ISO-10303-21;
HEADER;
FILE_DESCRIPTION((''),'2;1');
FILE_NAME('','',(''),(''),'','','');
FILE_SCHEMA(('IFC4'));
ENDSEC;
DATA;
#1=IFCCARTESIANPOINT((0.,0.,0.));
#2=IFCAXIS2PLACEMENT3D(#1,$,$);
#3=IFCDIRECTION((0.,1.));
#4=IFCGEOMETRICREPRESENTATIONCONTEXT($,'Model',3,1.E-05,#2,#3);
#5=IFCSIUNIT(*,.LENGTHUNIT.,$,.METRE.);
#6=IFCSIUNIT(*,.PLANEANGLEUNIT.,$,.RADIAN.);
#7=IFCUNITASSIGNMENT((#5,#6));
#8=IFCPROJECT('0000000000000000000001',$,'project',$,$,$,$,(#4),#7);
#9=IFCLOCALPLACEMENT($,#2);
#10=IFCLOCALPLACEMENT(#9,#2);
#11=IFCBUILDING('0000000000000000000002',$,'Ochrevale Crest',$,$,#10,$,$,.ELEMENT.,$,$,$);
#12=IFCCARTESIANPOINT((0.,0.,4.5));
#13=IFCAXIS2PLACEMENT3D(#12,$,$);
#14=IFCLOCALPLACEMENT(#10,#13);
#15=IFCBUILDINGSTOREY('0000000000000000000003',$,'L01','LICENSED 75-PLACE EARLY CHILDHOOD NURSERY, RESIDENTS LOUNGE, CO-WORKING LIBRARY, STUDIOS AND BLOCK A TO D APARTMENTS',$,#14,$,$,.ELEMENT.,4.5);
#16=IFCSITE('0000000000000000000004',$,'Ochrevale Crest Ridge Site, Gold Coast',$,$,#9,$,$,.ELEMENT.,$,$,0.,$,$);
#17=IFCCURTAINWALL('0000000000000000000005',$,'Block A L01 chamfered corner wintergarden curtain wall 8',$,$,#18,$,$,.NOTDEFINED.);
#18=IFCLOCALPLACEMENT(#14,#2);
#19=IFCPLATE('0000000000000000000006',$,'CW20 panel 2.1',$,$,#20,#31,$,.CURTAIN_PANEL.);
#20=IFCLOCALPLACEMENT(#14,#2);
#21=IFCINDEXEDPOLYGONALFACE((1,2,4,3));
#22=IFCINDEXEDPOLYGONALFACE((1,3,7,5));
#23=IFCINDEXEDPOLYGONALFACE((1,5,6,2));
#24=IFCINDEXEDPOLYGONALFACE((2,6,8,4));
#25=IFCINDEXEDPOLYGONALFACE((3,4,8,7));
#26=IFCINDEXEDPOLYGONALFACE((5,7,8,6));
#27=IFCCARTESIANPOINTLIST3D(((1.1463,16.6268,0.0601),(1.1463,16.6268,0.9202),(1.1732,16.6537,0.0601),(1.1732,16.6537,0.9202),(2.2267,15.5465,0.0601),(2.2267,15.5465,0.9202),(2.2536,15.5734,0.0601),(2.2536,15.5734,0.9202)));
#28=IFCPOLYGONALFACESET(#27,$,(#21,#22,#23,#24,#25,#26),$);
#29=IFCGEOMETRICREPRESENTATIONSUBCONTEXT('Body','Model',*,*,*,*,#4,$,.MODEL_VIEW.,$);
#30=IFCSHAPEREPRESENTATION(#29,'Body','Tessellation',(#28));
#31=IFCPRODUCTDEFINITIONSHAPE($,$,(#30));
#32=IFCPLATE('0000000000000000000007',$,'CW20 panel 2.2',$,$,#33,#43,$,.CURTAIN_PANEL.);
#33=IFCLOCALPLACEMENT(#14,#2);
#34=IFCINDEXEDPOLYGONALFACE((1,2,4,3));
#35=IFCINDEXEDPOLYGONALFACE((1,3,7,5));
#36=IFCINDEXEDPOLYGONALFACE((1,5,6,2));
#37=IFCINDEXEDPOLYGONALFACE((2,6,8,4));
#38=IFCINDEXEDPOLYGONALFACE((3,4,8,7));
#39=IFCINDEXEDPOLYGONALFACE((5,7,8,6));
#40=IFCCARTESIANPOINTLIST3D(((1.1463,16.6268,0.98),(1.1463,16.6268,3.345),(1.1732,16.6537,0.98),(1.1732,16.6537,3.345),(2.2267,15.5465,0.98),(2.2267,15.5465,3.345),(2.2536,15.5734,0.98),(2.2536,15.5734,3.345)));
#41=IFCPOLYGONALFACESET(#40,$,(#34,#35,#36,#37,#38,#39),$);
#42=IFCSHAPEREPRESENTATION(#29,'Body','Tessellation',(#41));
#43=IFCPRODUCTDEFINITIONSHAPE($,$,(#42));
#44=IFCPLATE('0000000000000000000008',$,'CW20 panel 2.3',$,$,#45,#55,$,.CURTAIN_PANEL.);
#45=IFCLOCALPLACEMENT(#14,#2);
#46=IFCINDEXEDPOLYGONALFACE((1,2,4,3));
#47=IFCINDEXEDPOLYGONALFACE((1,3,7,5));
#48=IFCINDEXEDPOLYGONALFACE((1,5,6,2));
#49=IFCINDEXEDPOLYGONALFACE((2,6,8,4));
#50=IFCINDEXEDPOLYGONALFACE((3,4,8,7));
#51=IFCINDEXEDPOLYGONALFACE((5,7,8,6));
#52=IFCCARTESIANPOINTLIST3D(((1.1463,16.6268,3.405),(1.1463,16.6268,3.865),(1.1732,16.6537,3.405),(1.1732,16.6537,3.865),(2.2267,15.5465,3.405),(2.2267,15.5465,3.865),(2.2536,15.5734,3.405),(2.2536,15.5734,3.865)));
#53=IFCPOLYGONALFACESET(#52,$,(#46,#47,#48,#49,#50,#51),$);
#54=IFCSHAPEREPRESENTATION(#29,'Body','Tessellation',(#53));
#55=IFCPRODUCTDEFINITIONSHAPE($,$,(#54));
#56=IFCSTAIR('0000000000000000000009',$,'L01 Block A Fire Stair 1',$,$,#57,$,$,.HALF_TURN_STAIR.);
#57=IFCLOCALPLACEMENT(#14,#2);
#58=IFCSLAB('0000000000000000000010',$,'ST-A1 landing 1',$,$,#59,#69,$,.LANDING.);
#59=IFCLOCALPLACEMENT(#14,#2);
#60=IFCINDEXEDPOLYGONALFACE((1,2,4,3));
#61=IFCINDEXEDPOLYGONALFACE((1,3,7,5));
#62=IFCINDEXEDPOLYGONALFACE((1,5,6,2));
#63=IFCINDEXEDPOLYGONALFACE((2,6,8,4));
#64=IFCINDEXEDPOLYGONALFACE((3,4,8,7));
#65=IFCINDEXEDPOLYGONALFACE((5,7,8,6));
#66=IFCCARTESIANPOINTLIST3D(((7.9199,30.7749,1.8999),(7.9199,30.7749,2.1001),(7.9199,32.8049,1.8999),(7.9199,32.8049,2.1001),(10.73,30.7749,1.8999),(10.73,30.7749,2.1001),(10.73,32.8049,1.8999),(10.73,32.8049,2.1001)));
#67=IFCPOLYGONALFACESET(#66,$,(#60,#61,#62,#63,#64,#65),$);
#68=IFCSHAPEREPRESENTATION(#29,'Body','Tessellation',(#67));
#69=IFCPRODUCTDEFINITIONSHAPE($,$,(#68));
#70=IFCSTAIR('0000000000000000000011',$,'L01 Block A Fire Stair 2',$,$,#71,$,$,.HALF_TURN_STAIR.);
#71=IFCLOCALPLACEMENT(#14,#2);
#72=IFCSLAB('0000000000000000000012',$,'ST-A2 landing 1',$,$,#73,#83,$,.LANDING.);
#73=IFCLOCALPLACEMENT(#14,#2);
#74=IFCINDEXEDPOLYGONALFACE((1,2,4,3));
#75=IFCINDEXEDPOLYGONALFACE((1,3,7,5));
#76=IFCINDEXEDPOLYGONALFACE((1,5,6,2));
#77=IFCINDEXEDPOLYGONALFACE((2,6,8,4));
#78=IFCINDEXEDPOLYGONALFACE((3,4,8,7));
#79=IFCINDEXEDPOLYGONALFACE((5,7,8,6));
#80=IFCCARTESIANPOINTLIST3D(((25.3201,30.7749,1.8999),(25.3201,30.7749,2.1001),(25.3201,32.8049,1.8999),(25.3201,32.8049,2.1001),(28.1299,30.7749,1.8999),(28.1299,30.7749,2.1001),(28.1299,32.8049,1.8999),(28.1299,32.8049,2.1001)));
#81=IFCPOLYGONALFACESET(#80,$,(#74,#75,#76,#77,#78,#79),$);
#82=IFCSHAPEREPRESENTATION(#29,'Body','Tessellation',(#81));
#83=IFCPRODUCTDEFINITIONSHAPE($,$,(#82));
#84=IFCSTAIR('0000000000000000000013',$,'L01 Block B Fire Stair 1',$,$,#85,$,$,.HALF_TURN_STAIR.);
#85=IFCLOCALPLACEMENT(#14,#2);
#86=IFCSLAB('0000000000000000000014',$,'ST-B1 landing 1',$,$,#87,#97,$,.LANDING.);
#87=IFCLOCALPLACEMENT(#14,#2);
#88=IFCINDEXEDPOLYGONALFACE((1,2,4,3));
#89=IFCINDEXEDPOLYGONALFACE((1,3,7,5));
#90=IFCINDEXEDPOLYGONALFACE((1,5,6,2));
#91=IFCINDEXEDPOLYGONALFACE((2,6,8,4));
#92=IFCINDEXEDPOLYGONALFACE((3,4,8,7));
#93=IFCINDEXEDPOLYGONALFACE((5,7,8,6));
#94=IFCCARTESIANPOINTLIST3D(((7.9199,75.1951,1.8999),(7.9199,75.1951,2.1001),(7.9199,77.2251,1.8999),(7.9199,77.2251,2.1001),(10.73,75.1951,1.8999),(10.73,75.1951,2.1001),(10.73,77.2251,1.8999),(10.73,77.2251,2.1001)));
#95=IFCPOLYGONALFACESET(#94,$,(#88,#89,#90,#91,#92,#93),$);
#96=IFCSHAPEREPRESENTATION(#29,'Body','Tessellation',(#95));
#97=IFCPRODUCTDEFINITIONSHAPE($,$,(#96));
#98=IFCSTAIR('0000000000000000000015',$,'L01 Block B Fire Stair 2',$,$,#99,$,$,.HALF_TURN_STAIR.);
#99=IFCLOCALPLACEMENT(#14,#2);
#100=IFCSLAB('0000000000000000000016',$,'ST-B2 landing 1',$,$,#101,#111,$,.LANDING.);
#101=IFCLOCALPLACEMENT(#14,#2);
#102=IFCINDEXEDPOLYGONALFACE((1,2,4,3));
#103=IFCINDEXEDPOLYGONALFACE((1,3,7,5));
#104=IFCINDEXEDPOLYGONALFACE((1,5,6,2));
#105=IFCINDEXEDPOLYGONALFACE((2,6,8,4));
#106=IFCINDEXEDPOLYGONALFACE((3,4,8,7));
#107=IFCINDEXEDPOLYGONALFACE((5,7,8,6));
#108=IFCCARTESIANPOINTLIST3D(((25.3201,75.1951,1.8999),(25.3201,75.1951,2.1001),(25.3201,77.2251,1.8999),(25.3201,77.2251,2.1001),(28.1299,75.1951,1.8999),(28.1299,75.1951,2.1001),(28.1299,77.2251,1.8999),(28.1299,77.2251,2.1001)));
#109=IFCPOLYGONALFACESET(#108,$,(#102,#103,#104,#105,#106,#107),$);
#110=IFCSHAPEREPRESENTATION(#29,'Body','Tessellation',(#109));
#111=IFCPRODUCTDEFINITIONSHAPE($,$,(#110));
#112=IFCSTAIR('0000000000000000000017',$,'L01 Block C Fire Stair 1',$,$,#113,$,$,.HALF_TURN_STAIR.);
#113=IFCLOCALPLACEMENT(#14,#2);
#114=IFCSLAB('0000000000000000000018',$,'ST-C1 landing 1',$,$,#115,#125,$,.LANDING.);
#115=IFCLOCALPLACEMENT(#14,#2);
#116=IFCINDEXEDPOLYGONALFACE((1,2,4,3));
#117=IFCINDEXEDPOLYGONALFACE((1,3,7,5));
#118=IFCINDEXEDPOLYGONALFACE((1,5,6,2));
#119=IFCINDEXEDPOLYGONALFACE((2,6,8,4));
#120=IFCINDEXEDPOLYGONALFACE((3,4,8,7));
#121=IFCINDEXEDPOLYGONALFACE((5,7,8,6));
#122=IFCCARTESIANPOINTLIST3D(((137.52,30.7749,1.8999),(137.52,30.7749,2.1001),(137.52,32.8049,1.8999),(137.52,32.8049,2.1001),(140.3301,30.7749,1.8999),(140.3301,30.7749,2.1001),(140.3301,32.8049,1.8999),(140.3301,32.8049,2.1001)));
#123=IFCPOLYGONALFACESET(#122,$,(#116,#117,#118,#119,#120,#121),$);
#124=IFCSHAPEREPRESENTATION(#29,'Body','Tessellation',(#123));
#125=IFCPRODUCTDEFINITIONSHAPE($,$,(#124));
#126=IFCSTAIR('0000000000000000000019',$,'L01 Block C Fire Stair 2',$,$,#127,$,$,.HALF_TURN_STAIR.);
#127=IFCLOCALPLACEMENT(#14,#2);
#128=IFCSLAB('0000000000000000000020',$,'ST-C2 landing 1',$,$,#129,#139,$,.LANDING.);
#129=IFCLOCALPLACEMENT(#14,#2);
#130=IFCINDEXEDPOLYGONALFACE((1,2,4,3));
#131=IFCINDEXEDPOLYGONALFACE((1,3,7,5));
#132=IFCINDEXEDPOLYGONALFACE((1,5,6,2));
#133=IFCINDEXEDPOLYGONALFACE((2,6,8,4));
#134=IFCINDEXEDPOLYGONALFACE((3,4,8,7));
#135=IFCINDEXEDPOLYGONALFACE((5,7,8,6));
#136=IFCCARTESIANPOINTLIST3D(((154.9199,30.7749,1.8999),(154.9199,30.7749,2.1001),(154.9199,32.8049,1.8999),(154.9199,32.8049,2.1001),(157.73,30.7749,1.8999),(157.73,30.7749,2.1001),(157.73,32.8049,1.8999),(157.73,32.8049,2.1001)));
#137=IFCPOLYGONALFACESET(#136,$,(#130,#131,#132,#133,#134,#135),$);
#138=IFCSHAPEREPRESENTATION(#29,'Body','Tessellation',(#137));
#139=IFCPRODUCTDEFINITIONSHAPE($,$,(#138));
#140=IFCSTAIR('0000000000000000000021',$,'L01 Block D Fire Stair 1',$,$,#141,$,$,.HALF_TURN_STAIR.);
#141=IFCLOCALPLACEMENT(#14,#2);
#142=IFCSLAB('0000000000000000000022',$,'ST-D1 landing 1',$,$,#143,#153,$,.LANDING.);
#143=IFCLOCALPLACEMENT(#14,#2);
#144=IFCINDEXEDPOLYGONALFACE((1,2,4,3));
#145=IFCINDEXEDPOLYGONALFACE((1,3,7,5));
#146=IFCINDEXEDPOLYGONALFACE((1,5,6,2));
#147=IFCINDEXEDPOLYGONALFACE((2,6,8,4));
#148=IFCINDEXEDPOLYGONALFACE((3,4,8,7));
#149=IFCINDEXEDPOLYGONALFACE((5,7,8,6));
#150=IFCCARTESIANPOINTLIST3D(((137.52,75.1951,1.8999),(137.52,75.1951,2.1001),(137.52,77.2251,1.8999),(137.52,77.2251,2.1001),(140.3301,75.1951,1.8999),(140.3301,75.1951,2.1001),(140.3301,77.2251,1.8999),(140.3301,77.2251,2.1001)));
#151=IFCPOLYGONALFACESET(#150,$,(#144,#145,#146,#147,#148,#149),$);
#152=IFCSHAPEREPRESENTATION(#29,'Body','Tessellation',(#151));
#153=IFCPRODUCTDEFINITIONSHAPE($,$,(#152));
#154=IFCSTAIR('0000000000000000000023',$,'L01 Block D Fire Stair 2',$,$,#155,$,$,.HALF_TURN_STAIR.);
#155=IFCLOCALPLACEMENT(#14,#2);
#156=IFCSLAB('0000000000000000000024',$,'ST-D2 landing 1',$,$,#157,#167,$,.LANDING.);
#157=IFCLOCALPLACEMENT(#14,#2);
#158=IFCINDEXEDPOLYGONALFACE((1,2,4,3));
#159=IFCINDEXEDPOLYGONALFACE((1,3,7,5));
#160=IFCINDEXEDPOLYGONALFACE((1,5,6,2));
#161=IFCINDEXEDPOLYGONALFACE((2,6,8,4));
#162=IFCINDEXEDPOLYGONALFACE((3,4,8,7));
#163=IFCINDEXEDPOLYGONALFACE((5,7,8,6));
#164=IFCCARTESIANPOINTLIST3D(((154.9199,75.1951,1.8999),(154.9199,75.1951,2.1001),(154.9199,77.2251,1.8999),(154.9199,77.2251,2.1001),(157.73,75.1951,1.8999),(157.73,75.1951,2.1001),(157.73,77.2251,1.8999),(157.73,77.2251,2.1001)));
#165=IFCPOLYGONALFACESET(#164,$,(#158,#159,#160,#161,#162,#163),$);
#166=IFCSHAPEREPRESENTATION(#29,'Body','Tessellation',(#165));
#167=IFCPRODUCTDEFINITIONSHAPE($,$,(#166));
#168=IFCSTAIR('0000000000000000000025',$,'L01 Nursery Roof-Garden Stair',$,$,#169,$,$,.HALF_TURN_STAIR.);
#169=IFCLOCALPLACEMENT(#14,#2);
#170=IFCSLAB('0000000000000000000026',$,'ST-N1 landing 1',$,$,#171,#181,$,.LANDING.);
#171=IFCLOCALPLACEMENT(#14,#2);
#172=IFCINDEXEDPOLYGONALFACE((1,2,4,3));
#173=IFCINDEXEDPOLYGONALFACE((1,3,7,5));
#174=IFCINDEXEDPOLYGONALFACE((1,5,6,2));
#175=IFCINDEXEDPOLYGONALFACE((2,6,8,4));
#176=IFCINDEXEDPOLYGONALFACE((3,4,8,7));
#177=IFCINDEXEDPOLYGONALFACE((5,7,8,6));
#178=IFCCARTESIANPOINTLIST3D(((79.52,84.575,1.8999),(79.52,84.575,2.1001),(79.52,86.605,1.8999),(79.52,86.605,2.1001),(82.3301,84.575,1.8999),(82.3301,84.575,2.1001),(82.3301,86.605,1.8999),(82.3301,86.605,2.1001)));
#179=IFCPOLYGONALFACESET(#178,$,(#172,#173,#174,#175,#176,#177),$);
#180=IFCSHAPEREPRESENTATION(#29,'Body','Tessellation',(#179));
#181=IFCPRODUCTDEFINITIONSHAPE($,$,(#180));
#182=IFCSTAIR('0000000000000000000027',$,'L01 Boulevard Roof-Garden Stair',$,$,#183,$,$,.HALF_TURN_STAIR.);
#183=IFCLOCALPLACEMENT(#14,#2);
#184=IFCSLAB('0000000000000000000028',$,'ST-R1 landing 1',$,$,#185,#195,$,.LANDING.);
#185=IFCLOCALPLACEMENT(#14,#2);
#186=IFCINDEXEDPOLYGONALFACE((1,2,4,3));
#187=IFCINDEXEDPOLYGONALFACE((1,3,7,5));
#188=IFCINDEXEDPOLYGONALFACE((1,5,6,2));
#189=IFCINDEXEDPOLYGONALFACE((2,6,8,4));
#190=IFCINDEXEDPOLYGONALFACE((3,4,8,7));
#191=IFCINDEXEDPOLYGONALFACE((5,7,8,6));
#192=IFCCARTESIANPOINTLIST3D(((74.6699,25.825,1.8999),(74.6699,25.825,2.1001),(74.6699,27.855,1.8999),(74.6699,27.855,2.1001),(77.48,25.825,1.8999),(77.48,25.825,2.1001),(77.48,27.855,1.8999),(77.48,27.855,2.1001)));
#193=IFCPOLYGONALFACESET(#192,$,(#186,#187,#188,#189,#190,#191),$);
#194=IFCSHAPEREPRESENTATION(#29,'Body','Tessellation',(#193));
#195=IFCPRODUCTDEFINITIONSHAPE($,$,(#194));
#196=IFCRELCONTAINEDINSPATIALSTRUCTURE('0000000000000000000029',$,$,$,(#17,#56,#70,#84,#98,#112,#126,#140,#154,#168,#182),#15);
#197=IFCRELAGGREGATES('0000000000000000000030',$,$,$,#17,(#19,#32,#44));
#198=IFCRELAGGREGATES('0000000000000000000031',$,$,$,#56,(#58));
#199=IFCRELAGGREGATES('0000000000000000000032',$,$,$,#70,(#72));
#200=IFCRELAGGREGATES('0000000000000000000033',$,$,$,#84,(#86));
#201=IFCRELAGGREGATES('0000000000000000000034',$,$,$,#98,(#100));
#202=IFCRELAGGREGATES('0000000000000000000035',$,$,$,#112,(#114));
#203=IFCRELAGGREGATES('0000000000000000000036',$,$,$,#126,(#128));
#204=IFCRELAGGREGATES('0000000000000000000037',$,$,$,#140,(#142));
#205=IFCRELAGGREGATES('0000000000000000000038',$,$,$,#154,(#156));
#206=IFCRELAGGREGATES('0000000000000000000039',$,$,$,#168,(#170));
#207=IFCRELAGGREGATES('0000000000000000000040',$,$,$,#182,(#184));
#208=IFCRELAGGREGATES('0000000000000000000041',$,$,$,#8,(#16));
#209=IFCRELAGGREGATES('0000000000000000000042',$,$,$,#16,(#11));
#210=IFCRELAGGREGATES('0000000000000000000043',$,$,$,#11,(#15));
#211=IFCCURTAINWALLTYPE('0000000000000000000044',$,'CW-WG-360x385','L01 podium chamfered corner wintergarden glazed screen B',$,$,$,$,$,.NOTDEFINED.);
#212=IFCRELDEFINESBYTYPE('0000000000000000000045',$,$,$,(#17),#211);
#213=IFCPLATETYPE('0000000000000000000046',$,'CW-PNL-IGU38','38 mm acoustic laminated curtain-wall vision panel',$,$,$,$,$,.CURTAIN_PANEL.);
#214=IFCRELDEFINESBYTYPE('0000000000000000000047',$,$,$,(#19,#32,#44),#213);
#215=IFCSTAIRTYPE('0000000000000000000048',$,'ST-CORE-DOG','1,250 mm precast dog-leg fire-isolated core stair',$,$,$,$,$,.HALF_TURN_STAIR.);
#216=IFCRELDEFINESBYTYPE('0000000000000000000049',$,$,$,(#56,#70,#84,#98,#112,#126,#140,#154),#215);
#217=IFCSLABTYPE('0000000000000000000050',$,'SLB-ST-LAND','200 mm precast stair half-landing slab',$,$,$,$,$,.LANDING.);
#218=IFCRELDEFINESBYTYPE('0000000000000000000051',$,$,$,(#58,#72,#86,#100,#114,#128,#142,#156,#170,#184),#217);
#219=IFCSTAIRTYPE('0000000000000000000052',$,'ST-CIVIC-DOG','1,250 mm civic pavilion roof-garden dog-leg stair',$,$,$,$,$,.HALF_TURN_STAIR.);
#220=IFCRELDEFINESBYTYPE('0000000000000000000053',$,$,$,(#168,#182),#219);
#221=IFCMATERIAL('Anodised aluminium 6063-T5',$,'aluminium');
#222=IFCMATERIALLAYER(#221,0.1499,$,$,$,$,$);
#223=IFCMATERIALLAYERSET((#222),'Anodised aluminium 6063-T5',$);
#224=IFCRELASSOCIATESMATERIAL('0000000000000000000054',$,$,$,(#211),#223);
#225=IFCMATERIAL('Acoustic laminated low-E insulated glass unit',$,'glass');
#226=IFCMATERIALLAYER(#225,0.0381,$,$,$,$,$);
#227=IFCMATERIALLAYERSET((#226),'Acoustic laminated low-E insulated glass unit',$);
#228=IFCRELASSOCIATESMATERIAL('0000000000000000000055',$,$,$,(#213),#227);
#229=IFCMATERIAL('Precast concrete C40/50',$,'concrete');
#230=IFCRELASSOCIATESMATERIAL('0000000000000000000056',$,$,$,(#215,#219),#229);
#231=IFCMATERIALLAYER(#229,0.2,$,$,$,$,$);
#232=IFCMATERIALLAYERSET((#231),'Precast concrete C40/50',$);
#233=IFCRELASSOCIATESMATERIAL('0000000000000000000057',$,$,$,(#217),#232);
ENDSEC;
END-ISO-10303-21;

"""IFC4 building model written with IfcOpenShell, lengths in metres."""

from ifc_helpers import new_model, si_unit, direction, frame, origin, origin_2d, place, context, subcontext, project, spatial, polyline, rectangle, outline, extrude, material, layer, layer_set, type_object, element, aggregate, save


model = new_model("IFC4")

# Units and contexts
model_context = context("Model", 3, precision=1e-05, world=origin(), true_north=direction((0.0, 1.0)))
body_context = subcontext(model_context, "Body", "Model", "MODEL_VIEW")
ifc_project = project(units=[si_unit("LENGTHUNIT", "METRE"), si_unit("PLANEANGLEUNIT", "RADIAN")], contexts=[model_context])

# Site, building, storey
site_placement = place(None, origin())
site = spatial("IfcSite", under=ifc_project, at=site_placement, Name="Ochrevale Crest Ridge Site, Gold Coast", CompositionType="ELEMENT", RefElevation=0.0)
building_placement = place(site_placement, origin())
building = spatial("IfcBuilding", under=site, at=building_placement, Name="Ochrevale Crest", CompositionType="ELEMENT")
storey_placement = place(building_placement, frame((0.0, 0.0, 4.5)))
storey = spatial("IfcBuildingStorey", under=building, at=storey_placement, Name="L01", Description="LICENSED 75-PLACE EARLY CHILDHOOD NURSERY, RESIDENTS LOUNGE, CO-WORKING LIBRARY, STUDIOS AND BLOCK A TO D APARTMENTS", CompositionType="ELEMENT", Elevation=4.5)

# Curtain wall, plates
ifc_material_1 = material(Name="Anodised aluminium 6063-T5", Category="aluminium")
ifc_layer_1 = layer(ifc_material_1, 0.1499)
ifc_layer_set_1 = layer_set([ifc_layer_1], Name="Anodised aluminium 6063-T5")
curtain_wall_type = type_object("IfcCurtainWallType", Name="CW-WG-360x385", Description="L01 podium chamfered corner wintergarden glazed screen B", PredefinedType="NOTDEFINED", material=ifc_layer_set_1)
curtain_wall_placement = place(storey_placement, origin())
curtain_wall = element("IfcCurtainWall", 1, at=curtain_wall_placement, inside=storey, type_object=curtain_wall_type, Name="Block A L01 chamfered corner wintergarden curtain wall 8", PredefinedType="NOTDEFINED")
ifc_material_2 = material(Name="Acoustic laminated low-E insulated glass unit", Category="glass")
ifc_layer_2 = layer(ifc_material_2, 0.0381)
ifc_layer_set_2 = layer_set([ifc_layer_2], Name="Acoustic laminated low-E insulated glass unit")
plate_type = type_object("IfcPlateType", Name="CW-PNL-IGU38", Description="38 mm acoustic laminated curtain-wall vision panel", PredefinedType="CURTAIN_PANEL", material=ifc_layer_set_2)
plate_1_placement = place(storey_placement, frame((1.7, 16.1001, 0.0601), z_axis=(0.0, 0.0, 1.0), x_axis=(0.707107, -0.707107, 0.0)))
plate_1 = element("IfcPlate", 2, at=plate_1_placement, type_object=plate_type, Name="CW20 panel 2.1", PredefinedType="CURTAIN_PANEL", context=body_context, shape_type="SweptSolid", body=[
    extrude(rectangle(XDim=1.5278, YDim=0.0381, at=origin_2d()), origin(), (0.0, 0.0, 1.0), 0.8601),
])
plate_2_placement = place(storey_placement, frame((1.7, 16.1001, 0.98), z_axis=(0.0, 0.0, 1.0), x_axis=(0.707107, -0.707107, 0.0)))
plate_2 = element("IfcPlate", 3, at=plate_2_placement, type_object=plate_type, Name="CW20 panel 2.2", PredefinedType="CURTAIN_PANEL", context=body_context, shape_type="SweptSolid", body=[
    extrude(rectangle(XDim=1.5278, YDim=0.0381, at=origin_2d()), origin(), (0.0, 0.0, 1.0), 2.365),
])
plate_3_placement = place(storey_placement, frame((1.7, 16.1001, 3.405), z_axis=(0.0, 0.0, 1.0), x_axis=(0.707107, -0.707107, 0.0)))
plate_3 = element("IfcPlate", 4, at=plate_3_placement, type_object=plate_type, Name="CW20 panel 2.3", PredefinedType="CURTAIN_PANEL", context=body_context, shape_type="SweptSolid", body=[
    extrude(rectangle(XDim=1.5278, YDim=0.0381, at=origin_2d()), origin(), (0.0, 0.0, 1.0), 0.46),
])
aggregate(curtain_wall, [plate_1, plate_2, plate_3])

# Stairs, slabs
ifc_material_3 = material(Name="Precast concrete C40/50", Category="concrete")
stair_type_1 = type_object("IfcStairType", Name="ST-CORE-DOG", Description="1,250 mm precast dog-leg fire-isolated core stair", PredefinedType="HALF_TURN_STAIR", material=ifc_material_3)
stair_1_placement = place(storey_placement, origin())
stair_1 = element("IfcStair", 5, at=stair_1_placement, inside=storey, type_object=stair_type_1, Name="L01 Block A Fire Stair 1", PredefinedType="HALF_TURN_STAIR")
ifc_layer_3 = layer(ifc_material_3, 0.2)
ifc_layer_set_3 = layer_set([ifc_layer_3], Name="Precast concrete C40/50")
slab_type = type_object("IfcSlabType", Name="SLB-ST-LAND", Description="200 mm precast stair half-landing slab", PredefinedType="LANDING", material=ifc_layer_set_3)
slab_1_placement = place(storey_placement, frame((0.0, 0.0, 1.8999)))
slab_1 = element("IfcSlab", 6, at=slab_1_placement, type_object=slab_type, Name="ST-A1 landing 1", PredefinedType="LANDING", context=body_context, shape_type="SweptSolid", body=[
    extrude(outline(polyline([(10.73, 30.7749), (10.73, 32.8049), (7.9199, 32.8049), (7.9199, 30.7749), (10.73, 30.7749)])), origin(), (0.0, 0.0, 1.0), 0.2002),
])
aggregate(stair_1, [slab_1])
stair_2_placement = place(storey_placement, origin())
stair_2 = element("IfcStair", 7, at=stair_2_placement, inside=storey, type_object=stair_type_1, Name="L01 Block A Fire Stair 2", PredefinedType="HALF_TURN_STAIR")
slab_2_placement = place(storey_placement, frame((0.0, 0.0, 1.8999)))
slab_2 = element("IfcSlab", 8, at=slab_2_placement, type_object=slab_type, Name="ST-A2 landing 1", PredefinedType="LANDING", context=body_context, shape_type="SweptSolid", body=[
    extrude(outline(polyline([(28.1299, 30.7749), (28.1299, 32.8049), (25.3201, 32.8049), (25.3201, 30.7749), (28.1299, 30.7749)])), origin(), (0.0, 0.0, 1.0), 0.2002),
])
aggregate(stair_2, [slab_2])
stair_3_placement = place(storey_placement, origin())
stair_3 = element("IfcStair", 9, at=stair_3_placement, inside=storey, type_object=stair_type_1, Name="L01 Block B Fire Stair 1", PredefinedType="HALF_TURN_STAIR")
slab_3_placement = place(storey_placement, frame((0.0, 0.0, 1.8999)))
slab_3 = element("IfcSlab", 10, at=slab_3_placement, type_object=slab_type, Name="ST-B1 landing 1", PredefinedType="LANDING", context=body_context, shape_type="SweptSolid", body=[
    extrude(outline(polyline([(7.9199, 77.2251), (7.9199, 75.1951), (10.73, 75.1951), (10.73, 77.2251), (7.9199, 77.2251)])), origin(), (0.0, 0.0, 1.0), 0.2002),
])
aggregate(stair_3, [slab_3])
stair_4_placement = place(storey_placement, origin())
stair_4 = element("IfcStair", 11, at=stair_4_placement, inside=storey, type_object=stair_type_1, Name="L01 Block B Fire Stair 2", PredefinedType="HALF_TURN_STAIR")
slab_4_placement = place(storey_placement, frame((0.0, 0.0, 1.8999)))
slab_4 = element("IfcSlab", 12, at=slab_4_placement, type_object=slab_type, Name="ST-B2 landing 1", PredefinedType="LANDING", context=body_context, shape_type="SweptSolid", body=[
    extrude(outline(polyline([(25.3201, 77.2251), (25.3201, 75.1951), (28.1299, 75.1951), (28.1299, 77.2251), (25.3201, 77.2251)])), origin(), (0.0, 0.0, 1.0), 0.2002),
])
aggregate(stair_4, [slab_4])
stair_5_placement = place(storey_placement, origin())
stair_5 = element("IfcStair", 13, at=stair_5_placement, inside=storey, type_object=stair_type_1, Name="L01 Block C Fire Stair 1", PredefinedType="HALF_TURN_STAIR")
slab_5_placement = place(storey_placement, frame((0.0, 0.0, 1.8999)))
slab_5 = element("IfcSlab", 14, at=slab_5_placement, type_object=slab_type, Name="ST-C1 landing 1", PredefinedType="LANDING", context=body_context, shape_type="SweptSolid", body=[
    extrude(outline(polyline([(140.3301, 30.7749), (140.3301, 32.8049), (137.52, 32.8049), (137.52, 30.7749), (140.3301, 30.7749)])), origin(), (0.0, 0.0, 1.0), 0.2002),
])
aggregate(stair_5, [slab_5])
stair_6_placement = place(storey_placement, origin())
stair_6 = element("IfcStair", 15, at=stair_6_placement, inside=storey, type_object=stair_type_1, Name="L01 Block C Fire Stair 2", PredefinedType="HALF_TURN_STAIR")
slab_6_placement = place(storey_placement, frame((0.0, 0.0, 1.8999)))
slab_6 = element("IfcSlab", 16, at=slab_6_placement, type_object=slab_type, Name="ST-C2 landing 1", PredefinedType="LANDING", context=body_context, shape_type="SweptSolid", body=[
    extrude(outline(polyline([(157.73, 30.7749), (157.73, 32.8049), (154.9199, 32.8049), (154.9199, 30.7749), (157.73, 30.7749)])), origin(), (0.0, 0.0, 1.0), 0.2002),
])
aggregate(stair_6, [slab_6])
stair_7_placement = place(storey_placement, origin())
stair_7 = element("IfcStair", 17, at=stair_7_placement, inside=storey, type_object=stair_type_1, Name="L01 Block D Fire Stair 1", PredefinedType="HALF_TURN_STAIR")
slab_7_placement = place(storey_placement, frame((0.0, 0.0, 1.8999)))
slab_7 = element("IfcSlab", 18, at=slab_7_placement, type_object=slab_type, Name="ST-D1 landing 1", PredefinedType="LANDING", context=body_context, shape_type="SweptSolid", body=[
    extrude(outline(polyline([(137.52, 77.2251), (137.52, 75.1951), (140.3301, 75.1951), (140.3301, 77.2251), (137.52, 77.2251)])), origin(), (0.0, 0.0, 1.0), 0.2002),
])
aggregate(stair_7, [slab_7])
stair_8_placement = place(storey_placement, origin())
stair_8 = element("IfcStair", 19, at=stair_8_placement, inside=storey, type_object=stair_type_1, Name="L01 Block D Fire Stair 2", PredefinedType="HALF_TURN_STAIR")
slab_8_placement = place(storey_placement, frame((0.0, 0.0, 1.8999)))
slab_8 = element("IfcSlab", 20, at=slab_8_placement, type_object=slab_type, Name="ST-D2 landing 1", PredefinedType="LANDING", context=body_context, shape_type="SweptSolid", body=[
    extrude(outline(polyline([(154.9199, 77.2251), (154.9199, 75.1951), (157.73, 75.1951), (157.73, 77.2251), (154.9199, 77.2251)])), origin(), (0.0, 0.0, 1.0), 0.2002),
])
aggregate(stair_8, [slab_8])
stair_type_2 = type_object("IfcStairType", Name="ST-CIVIC-DOG", Description="1,250 mm civic pavilion roof-garden dog-leg stair", PredefinedType="HALF_TURN_STAIR", material=ifc_material_3)
stair_9_placement = place(storey_placement, origin())
stair_9 = element("IfcStair", 21, at=stair_9_placement, inside=storey, type_object=stair_type_2, Name="L01 Nursery Roof-Garden Stair", PredefinedType="HALF_TURN_STAIR")
slab_9_placement = place(storey_placement, frame((0.0, 0.0, 1.8999)))
slab_9 = element("IfcSlab", 22, at=slab_9_placement, type_object=slab_type, Name="ST-N1 landing 1", PredefinedType="LANDING", context=body_context, shape_type="SweptSolid", body=[
    extrude(outline(polyline([(82.3301, 84.575), (82.3301, 86.605), (79.52, 86.605), (79.52, 84.575), (82.3301, 84.575)])), origin(), (0.0, 0.0, 1.0), 0.2002),
])
aggregate(stair_9, [slab_9])
stair_10_placement = place(storey_placement, origin())
stair_10 = element("IfcStair", 23, at=stair_10_placement, inside=storey, type_object=stair_type_2, Name="L01 Boulevard Roof-Garden Stair", PredefinedType="HALF_TURN_STAIR")
slab_10_placement = place(storey_placement, frame((0.0, 0.0, 1.8999)))
slab_10 = element("IfcSlab", 24, at=slab_10_placement, type_object=slab_type, Name="ST-R1 landing 1", PredefinedType="LANDING", context=body_context, shape_type="SweptSolid", body=[
    extrude(outline(polyline([(77.48, 25.825), (77.48, 27.855), (74.6699, 27.855), (74.6699, 25.825), (77.48, 25.825)])), origin(), (0.0, 0.0, 1.0), 0.2002),
])
aggregate(stair_10, [slab_10])

save(model, "model.ifc")
